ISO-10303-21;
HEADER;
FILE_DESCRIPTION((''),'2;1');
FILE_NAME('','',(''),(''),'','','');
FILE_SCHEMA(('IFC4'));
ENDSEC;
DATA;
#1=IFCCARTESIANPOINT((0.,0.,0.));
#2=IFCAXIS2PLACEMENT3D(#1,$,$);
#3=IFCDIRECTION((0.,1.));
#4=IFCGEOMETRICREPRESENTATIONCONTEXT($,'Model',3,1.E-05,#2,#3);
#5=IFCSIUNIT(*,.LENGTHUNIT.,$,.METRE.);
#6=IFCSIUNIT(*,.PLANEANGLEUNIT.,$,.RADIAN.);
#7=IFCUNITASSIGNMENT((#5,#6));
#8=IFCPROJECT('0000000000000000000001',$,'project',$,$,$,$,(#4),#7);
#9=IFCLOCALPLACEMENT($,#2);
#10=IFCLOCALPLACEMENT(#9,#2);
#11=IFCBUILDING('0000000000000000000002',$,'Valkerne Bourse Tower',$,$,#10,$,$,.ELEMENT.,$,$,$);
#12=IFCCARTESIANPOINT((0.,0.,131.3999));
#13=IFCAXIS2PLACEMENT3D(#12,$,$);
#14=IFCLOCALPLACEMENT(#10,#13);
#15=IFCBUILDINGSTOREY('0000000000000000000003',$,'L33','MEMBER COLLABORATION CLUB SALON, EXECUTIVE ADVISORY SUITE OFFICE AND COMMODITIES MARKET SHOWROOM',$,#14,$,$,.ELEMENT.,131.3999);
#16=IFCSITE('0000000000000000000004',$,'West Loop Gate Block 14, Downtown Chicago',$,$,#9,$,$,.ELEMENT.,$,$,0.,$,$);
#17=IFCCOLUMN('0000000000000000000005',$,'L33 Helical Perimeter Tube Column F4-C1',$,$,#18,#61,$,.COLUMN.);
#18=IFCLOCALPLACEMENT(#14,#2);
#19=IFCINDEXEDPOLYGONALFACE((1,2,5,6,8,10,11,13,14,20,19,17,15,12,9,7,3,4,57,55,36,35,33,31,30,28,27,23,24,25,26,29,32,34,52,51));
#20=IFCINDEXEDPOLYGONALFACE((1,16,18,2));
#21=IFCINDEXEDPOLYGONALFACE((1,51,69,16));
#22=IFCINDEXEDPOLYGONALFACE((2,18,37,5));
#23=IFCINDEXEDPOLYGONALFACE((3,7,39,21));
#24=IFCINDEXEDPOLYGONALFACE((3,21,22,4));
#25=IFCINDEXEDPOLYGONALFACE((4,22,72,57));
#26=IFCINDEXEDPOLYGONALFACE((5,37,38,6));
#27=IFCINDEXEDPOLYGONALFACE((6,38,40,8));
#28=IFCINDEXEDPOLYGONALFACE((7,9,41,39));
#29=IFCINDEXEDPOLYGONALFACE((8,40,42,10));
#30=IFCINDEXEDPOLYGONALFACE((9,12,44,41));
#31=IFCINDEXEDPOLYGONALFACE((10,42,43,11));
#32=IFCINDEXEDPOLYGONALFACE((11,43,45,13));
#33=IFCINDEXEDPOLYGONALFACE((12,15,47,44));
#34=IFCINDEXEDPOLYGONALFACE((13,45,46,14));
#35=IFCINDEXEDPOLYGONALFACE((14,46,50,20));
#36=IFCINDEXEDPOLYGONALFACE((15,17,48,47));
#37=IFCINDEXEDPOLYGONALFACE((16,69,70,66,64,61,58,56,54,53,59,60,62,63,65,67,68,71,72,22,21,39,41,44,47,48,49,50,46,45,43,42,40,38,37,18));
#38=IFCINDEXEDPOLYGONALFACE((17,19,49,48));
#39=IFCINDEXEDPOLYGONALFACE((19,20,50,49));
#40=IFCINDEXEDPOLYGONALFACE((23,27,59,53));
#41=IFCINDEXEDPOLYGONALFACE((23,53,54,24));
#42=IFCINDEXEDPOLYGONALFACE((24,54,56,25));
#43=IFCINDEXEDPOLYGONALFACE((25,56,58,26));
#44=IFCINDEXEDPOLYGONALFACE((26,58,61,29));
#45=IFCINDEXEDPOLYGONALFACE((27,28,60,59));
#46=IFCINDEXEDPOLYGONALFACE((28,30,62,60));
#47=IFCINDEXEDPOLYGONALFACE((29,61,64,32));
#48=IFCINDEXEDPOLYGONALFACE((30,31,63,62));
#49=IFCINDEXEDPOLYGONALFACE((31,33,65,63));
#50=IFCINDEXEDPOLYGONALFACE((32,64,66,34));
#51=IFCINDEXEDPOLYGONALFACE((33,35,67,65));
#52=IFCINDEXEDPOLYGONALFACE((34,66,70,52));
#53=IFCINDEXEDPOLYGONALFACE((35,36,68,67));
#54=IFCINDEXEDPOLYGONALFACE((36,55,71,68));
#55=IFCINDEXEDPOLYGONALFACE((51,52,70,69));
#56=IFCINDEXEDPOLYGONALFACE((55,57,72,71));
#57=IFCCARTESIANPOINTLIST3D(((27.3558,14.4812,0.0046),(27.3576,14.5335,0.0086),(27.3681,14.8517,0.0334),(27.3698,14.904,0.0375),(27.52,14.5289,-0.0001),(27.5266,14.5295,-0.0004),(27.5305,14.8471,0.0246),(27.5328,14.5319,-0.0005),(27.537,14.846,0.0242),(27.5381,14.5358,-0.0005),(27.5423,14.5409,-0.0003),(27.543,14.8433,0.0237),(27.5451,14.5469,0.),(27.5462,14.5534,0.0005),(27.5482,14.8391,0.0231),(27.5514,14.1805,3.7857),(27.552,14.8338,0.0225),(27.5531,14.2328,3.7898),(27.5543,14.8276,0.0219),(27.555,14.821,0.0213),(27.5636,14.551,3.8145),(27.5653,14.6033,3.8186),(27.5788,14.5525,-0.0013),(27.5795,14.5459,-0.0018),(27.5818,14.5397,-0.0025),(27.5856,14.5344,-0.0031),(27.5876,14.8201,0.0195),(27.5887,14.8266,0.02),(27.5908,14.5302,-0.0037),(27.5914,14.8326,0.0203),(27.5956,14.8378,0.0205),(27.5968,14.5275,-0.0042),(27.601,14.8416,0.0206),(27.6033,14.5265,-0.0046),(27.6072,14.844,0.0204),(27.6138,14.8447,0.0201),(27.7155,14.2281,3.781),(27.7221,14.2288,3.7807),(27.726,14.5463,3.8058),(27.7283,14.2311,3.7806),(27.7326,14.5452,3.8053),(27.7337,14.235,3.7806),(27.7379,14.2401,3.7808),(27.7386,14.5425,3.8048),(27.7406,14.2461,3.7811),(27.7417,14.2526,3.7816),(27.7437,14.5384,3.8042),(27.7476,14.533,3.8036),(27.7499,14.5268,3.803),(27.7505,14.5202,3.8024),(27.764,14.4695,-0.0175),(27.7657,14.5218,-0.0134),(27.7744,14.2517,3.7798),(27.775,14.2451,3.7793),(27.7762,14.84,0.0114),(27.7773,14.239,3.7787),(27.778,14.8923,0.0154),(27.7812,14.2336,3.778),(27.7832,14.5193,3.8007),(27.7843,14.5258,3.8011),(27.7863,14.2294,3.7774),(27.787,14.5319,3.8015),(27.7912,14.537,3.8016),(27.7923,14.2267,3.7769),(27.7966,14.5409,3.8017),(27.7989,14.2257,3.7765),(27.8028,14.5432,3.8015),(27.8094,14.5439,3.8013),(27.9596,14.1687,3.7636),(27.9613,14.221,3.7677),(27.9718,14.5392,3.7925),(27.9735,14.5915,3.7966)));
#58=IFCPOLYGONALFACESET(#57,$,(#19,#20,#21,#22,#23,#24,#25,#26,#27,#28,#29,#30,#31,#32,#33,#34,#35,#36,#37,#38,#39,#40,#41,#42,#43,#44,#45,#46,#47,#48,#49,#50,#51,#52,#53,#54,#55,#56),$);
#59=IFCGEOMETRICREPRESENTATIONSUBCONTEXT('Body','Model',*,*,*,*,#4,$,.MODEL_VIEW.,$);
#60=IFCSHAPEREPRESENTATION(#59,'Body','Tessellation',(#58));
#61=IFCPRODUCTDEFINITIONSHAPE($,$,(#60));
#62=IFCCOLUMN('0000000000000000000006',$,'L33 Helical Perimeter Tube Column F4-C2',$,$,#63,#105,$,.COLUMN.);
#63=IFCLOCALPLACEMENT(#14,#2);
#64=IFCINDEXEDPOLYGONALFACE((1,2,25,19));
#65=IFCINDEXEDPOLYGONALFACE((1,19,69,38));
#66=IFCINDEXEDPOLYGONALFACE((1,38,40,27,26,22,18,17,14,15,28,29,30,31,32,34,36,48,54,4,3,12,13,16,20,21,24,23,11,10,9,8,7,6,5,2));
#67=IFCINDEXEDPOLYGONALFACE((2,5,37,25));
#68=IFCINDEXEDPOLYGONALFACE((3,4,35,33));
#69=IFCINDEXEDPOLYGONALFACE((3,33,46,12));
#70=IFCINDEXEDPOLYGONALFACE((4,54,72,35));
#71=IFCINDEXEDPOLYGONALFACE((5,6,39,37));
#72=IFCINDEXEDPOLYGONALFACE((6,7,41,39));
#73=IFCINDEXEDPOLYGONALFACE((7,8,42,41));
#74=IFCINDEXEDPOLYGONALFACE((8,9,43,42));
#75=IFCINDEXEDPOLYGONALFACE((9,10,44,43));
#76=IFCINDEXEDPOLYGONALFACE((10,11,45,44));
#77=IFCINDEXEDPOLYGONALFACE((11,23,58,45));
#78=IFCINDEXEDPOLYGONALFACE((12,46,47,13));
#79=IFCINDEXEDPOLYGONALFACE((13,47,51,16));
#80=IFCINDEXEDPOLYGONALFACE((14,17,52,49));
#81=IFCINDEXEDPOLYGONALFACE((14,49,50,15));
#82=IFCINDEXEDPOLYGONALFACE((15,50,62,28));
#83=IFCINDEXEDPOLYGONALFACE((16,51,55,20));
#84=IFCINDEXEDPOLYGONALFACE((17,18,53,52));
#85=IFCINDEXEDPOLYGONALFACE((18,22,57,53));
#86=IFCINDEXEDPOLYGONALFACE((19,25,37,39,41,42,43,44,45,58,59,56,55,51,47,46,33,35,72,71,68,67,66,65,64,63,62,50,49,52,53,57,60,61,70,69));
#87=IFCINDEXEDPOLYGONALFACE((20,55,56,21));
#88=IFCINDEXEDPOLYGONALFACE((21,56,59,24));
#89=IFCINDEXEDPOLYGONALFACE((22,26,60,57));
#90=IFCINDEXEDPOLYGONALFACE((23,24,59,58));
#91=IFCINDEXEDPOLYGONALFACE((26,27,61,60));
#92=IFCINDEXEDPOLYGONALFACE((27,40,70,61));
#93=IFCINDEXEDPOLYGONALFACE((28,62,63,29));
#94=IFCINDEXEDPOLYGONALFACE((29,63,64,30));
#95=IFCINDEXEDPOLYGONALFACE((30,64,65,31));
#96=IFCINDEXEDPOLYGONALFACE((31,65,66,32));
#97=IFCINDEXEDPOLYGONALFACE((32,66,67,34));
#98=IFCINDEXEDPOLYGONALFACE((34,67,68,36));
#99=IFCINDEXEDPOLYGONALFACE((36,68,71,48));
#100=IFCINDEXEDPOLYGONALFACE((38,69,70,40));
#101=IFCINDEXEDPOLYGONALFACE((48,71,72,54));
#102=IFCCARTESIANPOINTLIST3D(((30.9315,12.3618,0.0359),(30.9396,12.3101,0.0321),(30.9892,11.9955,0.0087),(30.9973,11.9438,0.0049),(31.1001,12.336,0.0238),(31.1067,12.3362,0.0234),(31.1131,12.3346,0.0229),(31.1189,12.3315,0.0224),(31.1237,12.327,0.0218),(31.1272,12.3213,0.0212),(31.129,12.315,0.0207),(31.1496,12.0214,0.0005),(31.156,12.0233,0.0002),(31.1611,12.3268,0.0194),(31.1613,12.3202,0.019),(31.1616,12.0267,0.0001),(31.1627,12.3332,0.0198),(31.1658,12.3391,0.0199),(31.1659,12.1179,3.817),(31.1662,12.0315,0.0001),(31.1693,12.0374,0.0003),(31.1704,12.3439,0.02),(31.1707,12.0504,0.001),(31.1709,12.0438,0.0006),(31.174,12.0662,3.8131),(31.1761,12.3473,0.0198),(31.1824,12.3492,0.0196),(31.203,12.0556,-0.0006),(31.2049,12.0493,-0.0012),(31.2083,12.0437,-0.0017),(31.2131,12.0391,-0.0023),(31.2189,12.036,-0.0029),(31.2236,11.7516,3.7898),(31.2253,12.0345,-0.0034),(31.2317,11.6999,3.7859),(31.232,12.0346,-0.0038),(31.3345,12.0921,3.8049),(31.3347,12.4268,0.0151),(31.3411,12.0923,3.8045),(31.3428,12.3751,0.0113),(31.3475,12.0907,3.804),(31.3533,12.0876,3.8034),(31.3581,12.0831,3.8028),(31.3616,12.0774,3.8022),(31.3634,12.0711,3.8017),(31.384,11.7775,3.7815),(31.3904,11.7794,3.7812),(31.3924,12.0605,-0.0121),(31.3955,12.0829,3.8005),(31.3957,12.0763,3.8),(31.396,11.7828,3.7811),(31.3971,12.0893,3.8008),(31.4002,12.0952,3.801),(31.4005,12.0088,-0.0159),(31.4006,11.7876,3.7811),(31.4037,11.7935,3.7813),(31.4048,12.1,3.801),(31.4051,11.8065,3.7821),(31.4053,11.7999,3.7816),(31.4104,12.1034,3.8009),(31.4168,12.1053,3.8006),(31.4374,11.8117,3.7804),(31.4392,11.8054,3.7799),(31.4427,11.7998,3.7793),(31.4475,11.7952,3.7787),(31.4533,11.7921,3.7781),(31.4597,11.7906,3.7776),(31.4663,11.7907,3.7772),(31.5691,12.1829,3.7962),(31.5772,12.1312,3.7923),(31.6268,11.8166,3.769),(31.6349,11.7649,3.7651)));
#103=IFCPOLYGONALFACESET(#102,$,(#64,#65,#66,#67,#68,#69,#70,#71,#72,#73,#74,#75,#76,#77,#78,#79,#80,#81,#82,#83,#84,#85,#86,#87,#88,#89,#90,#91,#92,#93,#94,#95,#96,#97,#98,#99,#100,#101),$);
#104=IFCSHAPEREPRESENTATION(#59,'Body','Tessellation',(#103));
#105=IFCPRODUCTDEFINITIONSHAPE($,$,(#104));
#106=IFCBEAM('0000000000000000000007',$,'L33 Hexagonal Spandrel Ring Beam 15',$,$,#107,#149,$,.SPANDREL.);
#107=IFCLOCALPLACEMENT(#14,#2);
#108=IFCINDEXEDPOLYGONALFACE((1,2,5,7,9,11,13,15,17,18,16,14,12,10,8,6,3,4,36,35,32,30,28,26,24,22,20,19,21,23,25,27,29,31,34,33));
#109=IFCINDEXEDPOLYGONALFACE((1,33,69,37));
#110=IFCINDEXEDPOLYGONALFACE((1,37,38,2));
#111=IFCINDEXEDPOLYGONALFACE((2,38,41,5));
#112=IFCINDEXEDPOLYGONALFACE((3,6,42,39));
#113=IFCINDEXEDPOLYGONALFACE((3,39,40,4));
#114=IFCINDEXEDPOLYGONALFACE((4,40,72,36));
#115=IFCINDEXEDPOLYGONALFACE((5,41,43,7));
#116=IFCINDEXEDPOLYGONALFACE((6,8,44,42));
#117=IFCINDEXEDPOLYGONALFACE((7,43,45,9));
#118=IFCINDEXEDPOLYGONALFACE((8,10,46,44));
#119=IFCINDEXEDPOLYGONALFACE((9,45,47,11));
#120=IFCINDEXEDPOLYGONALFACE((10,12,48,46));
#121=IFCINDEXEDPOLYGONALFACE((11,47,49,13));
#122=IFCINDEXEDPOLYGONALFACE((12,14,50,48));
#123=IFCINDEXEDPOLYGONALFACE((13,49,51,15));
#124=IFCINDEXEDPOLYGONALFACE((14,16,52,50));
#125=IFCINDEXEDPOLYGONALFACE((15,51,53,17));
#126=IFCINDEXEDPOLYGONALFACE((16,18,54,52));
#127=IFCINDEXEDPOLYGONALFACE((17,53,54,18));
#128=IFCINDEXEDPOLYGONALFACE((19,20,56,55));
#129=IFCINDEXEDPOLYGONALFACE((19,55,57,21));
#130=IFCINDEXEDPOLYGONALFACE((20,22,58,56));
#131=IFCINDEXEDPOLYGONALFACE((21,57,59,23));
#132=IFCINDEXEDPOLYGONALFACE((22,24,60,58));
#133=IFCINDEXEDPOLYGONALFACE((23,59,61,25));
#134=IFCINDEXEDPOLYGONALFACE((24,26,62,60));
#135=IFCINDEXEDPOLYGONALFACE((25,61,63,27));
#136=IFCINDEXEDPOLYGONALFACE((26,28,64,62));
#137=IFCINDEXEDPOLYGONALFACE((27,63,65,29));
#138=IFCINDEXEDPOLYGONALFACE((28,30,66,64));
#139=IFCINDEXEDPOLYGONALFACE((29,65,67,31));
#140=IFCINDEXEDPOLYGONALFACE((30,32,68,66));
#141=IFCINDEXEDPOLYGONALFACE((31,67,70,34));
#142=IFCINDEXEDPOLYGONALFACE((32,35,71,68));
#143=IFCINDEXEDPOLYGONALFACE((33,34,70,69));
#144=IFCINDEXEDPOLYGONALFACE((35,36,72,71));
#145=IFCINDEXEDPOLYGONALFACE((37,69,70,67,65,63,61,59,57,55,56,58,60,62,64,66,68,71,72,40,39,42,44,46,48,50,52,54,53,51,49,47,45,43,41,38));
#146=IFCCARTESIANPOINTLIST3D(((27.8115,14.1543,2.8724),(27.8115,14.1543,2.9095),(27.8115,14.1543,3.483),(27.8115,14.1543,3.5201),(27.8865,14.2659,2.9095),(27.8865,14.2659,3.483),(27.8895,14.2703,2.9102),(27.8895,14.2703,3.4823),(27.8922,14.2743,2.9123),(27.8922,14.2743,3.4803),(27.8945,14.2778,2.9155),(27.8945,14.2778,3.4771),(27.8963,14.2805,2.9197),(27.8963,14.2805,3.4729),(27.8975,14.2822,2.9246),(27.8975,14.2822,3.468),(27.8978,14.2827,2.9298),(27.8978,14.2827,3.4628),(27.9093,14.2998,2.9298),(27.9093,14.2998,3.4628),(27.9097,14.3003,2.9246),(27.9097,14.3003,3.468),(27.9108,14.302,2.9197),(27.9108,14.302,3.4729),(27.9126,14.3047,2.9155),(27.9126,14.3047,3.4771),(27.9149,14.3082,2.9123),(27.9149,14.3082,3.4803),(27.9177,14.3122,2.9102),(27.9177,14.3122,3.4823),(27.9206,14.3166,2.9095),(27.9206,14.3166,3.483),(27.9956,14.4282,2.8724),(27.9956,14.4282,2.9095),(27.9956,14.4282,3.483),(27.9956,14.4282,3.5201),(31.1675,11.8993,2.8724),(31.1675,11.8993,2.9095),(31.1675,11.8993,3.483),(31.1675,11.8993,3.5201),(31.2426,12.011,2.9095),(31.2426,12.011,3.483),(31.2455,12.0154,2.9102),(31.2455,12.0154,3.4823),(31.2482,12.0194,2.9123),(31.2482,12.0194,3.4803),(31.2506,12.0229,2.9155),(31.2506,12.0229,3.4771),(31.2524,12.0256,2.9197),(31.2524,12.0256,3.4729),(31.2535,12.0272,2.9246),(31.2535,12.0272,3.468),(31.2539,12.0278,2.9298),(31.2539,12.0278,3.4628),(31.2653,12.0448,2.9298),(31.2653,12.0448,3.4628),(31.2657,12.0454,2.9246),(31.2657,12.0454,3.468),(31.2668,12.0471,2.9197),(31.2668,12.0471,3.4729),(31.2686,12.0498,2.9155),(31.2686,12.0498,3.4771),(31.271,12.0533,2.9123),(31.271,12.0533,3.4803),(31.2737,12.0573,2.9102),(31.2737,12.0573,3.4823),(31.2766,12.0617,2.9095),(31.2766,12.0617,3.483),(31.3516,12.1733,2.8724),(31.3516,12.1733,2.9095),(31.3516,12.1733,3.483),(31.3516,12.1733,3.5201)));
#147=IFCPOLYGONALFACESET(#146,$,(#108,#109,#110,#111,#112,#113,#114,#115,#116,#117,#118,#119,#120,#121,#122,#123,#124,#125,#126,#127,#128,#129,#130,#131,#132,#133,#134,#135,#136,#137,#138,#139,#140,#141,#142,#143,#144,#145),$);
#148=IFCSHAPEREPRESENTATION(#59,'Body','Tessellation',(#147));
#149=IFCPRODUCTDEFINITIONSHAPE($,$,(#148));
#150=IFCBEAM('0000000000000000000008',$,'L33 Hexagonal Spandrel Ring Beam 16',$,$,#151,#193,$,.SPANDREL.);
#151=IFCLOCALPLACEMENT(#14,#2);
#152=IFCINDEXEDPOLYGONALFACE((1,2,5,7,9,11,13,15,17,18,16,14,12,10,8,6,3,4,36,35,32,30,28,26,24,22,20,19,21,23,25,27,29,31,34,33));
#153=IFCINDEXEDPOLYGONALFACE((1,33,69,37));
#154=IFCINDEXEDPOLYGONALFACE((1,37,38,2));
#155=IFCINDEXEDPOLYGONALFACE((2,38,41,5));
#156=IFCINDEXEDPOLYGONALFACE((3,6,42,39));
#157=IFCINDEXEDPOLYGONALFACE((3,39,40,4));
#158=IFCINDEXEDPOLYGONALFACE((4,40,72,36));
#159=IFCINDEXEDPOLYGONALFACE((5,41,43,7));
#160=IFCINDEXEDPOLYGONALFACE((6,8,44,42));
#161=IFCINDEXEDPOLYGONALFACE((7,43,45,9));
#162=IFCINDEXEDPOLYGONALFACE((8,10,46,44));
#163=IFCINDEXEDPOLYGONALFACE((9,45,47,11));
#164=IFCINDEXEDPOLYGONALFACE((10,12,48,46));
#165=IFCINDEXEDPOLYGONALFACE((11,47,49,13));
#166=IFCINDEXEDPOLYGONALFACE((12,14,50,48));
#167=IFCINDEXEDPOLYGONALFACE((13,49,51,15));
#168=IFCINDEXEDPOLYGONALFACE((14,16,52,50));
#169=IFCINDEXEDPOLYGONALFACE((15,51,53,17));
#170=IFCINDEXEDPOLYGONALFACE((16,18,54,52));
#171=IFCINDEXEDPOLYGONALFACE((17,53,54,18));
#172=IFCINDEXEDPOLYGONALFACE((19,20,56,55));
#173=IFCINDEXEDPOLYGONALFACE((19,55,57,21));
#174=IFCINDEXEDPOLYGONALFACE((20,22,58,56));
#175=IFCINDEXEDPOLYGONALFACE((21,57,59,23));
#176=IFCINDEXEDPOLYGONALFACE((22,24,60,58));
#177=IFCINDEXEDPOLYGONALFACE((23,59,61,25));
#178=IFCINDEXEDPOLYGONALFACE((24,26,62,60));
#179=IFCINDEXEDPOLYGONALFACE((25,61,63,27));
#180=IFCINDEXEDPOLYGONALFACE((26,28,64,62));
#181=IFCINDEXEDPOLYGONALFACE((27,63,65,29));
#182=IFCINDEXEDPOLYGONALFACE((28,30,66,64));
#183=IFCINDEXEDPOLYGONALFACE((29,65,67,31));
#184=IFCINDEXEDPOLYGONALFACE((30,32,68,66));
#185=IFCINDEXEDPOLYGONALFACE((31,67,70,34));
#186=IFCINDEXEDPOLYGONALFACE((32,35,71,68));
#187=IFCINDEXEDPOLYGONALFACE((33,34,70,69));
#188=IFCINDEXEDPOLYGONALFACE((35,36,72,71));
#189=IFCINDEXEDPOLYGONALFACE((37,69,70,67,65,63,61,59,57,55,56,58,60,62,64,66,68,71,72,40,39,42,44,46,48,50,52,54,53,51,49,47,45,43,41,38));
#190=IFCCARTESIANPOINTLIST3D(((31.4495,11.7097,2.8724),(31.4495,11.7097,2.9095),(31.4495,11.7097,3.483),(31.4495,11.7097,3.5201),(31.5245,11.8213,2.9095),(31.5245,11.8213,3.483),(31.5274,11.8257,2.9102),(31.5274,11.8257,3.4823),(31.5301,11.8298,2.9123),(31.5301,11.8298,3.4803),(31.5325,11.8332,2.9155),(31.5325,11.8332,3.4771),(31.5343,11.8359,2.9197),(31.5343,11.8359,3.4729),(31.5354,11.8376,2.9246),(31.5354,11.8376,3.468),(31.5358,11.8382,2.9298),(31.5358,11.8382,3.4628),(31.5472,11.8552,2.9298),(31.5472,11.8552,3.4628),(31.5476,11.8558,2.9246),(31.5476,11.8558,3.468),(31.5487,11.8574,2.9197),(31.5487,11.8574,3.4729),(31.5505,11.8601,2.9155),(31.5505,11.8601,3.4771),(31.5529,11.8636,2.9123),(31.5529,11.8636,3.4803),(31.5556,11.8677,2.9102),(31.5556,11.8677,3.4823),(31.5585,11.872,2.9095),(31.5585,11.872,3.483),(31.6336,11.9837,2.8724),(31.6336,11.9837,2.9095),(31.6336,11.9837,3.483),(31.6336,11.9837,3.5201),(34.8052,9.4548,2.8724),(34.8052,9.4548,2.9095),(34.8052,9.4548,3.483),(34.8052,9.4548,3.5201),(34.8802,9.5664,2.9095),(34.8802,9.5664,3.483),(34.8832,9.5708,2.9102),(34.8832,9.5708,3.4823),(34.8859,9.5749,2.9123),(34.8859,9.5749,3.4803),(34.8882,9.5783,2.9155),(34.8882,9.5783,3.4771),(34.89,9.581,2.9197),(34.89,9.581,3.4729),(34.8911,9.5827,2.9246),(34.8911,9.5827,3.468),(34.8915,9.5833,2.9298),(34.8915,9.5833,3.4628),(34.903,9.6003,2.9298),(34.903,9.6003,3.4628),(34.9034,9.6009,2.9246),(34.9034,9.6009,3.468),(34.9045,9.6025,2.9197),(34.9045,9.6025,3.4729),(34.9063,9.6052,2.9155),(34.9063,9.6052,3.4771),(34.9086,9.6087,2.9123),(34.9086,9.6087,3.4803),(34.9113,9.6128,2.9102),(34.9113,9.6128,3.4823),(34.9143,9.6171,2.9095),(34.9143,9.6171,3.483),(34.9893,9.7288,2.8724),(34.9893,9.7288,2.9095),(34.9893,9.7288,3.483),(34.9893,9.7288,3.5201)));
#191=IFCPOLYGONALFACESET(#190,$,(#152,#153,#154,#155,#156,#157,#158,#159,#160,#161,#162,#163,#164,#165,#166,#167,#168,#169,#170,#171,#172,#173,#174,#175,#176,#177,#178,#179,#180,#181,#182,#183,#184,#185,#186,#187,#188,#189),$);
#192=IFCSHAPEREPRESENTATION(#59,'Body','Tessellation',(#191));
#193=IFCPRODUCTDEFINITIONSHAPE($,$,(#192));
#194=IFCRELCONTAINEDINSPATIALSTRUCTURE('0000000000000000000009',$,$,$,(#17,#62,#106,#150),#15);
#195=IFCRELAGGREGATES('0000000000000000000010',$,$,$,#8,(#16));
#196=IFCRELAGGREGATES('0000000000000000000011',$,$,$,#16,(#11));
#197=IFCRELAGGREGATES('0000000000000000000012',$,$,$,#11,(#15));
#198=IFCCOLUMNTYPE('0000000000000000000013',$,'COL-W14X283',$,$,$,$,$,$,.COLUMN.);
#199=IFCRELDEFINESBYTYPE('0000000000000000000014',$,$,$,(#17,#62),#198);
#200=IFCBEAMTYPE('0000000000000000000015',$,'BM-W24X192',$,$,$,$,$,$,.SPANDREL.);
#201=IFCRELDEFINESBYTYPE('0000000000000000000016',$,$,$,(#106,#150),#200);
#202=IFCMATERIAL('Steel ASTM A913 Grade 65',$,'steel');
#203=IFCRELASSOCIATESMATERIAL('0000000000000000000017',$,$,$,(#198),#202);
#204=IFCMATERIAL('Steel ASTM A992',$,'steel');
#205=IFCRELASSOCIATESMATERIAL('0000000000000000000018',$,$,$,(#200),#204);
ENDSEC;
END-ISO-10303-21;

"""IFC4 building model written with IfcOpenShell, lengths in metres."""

from ifc_helpers import new_model, si_unit, direction, frame, origin, origin_2d, place, context, subcontext, project, spatial, i_section, extrude, material, material_profile, profile_set, type_object, element, save


model = new_model("IFC4")

# Units and contexts
model_context = context("Model", 3, precision=1e-05, world=origin(), true_north=direction((0.0, 1.0)))
body_context = subcontext(model_context, "Body", "Model", "MODEL_VIEW")
ifc_project = project(units=[si_unit("LENGTHUNIT", "METRE"), si_unit("PLANEANGLEUNIT", "RADIAN")], contexts=[model_context])

# Site, building, storey
site_placement = place(None, origin())
site = spatial("IfcSite", under=ifc_project, at=site_placement, Name="West Loop Gate Block 14, Downtown Chicago", CompositionType="ELEMENT", RefElevation=0.0)
building_placement = place(site_placement, origin())
building = spatial("IfcBuilding", under=site, at=building_placement, Name="Valkerne Bourse Tower", CompositionType="ELEMENT")
storey_placement = place(building_placement, frame((0.0, 0.0, 131.3999)))
storey = spatial("IfcBuildingStorey", under=building, at=storey_placement, Name="L33", Description="MEMBER COLLABORATION CLUB SALON, EXECUTIVE ADVISORY SUITE OFFICE AND COMMODITIES MARKET SHOWROOM", CompositionType="ELEMENT", Elevation=131.3999)

# Columns
ifc_material_1 = material(Name="Steel ASTM A913 Grade 65", Category="steel")
ifc_material_profile_1 = material_profile(ifc_material_1, i_section(OverallWidth=0.4089, OverallDepth=0.4243, WebThickness=0.0327, FlangeThickness=0.0525, FilletRadius=0.0254, at=origin_2d()), Name="W14X283")
ifc_profile_set_1 = profile_set([ifc_material_profile_1], Name="Steel ASTM A913 Grade 65")
column_type = type_object("IfcColumnType", Name="COL-W14X283", PredefinedType="COLUMN", material=ifc_profile_set_1)
column_1_placement = place(storey_placement, frame((27.5669, 14.6868, 0.01), z_axis=(0.05149, -0.079195, 0.995529), x_axis=(0.998132, -0.028741, -0.053911)))
element("IfcColumn", 1, at=column_1_placement, inside=storey, type_object=column_type, Name="L33 Helical Perimeter Tube Column F4-C1", PredefinedType="COLUMN", context=body_context, shape_type="SweptSolid", body=[
    extrude(i_section(OverallWidth=0.4089, OverallDepth=0.4243, WebThickness=0.0327, FlangeThickness=0.0525, FilletRadius=0.0254, at=origin_2d()), origin(), (0.0, 0.0, 1.0), 3.7981),
])
column_2_placement = place(storey_placement, frame((31.166, 12.1853, 0.01), z_axis=(0.061741, -0.064249, 0.996022), x_axis=(0.985952, 0.159097, -0.050854)))
element("IfcColumn", 2, at=column_2_placement, inside=storey, type_object=column_type, Name="L33 Helical Perimeter Tube Column F4-C2", PredefinedType="COLUMN", context=body_context, shape_type="SweptSolid", body=[
    extrude(i_section(OverallWidth=0.4089, OverallDepth=0.4243, WebThickness=0.0327, FlangeThickness=0.0525, FilletRadius=0.0254, at=origin_2d()), origin(), (0.0, 0.0, 1.0), 3.7961),
])

# Beams
ifc_material_2 = material(Name="Steel ASTM A992", Category="steel")
ifc_material_profile_2 = material_profile(ifc_material_2, i_section(OverallWidth=0.3301, OverallDepth=0.6477, WebThickness=0.0205, FlangeThickness=0.0371, FilletRadius=0.0203, at=origin_2d()), Name="W24X192")
ifc_profile_set_2 = profile_set([ifc_material_profile_2], Name="Steel ASTM A992")
beam_type_1 = type_object("IfcBeamType", Name="BM-W24X192", PredefinedType="SPANDREL", material=ifc_profile_set_2)
beam_1_placement = place(storey_placement, frame((27.9036, 14.2913, 3.1963), z_axis=(0.830038, -0.557706, 0.0), x_axis=(0.557706, 0.830038, 0.0)))
element("IfcBeam", 3, at=beam_1_placement, inside=storey, type_object=beam_type_1, Name="L33 Hexagonal Spandrel Ring Beam 15", PredefinedType="SPANDREL", context=body_context, shape_type="SweptSolid", body=[
    extrude(i_section(OverallWidth=0.3301, OverallDepth=0.6477, WebThickness=0.0205, FlangeThickness=0.0371, FilletRadius=0.0203, at=origin_2d()), origin(), (0.0, 0.0, 1.0), 4.0432),
])
beam_2_placement = place(storey_placement, frame((31.5415, 11.8467, 3.1963), z_axis=(0.830019, -0.557734, 0.0), x_axis=(0.557734, 0.830019, 0.0)))
element("IfcBeam", 4, at=beam_2_placement, inside=storey, type_object=beam_type_1, Name="L33 Hexagonal Spandrel Ring Beam 16", PredefinedType="SPANDREL", context=body_context, shape_type="SweptSolid", body=[
    extrude(i_section(OverallWidth=0.3301, OverallDepth=0.6477, WebThickness=0.0205, FlangeThickness=0.0371, FilletRadius=0.0203, at=origin_2d()), origin(), (0.0, 0.0, 1.0), 4.043),
])

save(model, "model.ifc")
